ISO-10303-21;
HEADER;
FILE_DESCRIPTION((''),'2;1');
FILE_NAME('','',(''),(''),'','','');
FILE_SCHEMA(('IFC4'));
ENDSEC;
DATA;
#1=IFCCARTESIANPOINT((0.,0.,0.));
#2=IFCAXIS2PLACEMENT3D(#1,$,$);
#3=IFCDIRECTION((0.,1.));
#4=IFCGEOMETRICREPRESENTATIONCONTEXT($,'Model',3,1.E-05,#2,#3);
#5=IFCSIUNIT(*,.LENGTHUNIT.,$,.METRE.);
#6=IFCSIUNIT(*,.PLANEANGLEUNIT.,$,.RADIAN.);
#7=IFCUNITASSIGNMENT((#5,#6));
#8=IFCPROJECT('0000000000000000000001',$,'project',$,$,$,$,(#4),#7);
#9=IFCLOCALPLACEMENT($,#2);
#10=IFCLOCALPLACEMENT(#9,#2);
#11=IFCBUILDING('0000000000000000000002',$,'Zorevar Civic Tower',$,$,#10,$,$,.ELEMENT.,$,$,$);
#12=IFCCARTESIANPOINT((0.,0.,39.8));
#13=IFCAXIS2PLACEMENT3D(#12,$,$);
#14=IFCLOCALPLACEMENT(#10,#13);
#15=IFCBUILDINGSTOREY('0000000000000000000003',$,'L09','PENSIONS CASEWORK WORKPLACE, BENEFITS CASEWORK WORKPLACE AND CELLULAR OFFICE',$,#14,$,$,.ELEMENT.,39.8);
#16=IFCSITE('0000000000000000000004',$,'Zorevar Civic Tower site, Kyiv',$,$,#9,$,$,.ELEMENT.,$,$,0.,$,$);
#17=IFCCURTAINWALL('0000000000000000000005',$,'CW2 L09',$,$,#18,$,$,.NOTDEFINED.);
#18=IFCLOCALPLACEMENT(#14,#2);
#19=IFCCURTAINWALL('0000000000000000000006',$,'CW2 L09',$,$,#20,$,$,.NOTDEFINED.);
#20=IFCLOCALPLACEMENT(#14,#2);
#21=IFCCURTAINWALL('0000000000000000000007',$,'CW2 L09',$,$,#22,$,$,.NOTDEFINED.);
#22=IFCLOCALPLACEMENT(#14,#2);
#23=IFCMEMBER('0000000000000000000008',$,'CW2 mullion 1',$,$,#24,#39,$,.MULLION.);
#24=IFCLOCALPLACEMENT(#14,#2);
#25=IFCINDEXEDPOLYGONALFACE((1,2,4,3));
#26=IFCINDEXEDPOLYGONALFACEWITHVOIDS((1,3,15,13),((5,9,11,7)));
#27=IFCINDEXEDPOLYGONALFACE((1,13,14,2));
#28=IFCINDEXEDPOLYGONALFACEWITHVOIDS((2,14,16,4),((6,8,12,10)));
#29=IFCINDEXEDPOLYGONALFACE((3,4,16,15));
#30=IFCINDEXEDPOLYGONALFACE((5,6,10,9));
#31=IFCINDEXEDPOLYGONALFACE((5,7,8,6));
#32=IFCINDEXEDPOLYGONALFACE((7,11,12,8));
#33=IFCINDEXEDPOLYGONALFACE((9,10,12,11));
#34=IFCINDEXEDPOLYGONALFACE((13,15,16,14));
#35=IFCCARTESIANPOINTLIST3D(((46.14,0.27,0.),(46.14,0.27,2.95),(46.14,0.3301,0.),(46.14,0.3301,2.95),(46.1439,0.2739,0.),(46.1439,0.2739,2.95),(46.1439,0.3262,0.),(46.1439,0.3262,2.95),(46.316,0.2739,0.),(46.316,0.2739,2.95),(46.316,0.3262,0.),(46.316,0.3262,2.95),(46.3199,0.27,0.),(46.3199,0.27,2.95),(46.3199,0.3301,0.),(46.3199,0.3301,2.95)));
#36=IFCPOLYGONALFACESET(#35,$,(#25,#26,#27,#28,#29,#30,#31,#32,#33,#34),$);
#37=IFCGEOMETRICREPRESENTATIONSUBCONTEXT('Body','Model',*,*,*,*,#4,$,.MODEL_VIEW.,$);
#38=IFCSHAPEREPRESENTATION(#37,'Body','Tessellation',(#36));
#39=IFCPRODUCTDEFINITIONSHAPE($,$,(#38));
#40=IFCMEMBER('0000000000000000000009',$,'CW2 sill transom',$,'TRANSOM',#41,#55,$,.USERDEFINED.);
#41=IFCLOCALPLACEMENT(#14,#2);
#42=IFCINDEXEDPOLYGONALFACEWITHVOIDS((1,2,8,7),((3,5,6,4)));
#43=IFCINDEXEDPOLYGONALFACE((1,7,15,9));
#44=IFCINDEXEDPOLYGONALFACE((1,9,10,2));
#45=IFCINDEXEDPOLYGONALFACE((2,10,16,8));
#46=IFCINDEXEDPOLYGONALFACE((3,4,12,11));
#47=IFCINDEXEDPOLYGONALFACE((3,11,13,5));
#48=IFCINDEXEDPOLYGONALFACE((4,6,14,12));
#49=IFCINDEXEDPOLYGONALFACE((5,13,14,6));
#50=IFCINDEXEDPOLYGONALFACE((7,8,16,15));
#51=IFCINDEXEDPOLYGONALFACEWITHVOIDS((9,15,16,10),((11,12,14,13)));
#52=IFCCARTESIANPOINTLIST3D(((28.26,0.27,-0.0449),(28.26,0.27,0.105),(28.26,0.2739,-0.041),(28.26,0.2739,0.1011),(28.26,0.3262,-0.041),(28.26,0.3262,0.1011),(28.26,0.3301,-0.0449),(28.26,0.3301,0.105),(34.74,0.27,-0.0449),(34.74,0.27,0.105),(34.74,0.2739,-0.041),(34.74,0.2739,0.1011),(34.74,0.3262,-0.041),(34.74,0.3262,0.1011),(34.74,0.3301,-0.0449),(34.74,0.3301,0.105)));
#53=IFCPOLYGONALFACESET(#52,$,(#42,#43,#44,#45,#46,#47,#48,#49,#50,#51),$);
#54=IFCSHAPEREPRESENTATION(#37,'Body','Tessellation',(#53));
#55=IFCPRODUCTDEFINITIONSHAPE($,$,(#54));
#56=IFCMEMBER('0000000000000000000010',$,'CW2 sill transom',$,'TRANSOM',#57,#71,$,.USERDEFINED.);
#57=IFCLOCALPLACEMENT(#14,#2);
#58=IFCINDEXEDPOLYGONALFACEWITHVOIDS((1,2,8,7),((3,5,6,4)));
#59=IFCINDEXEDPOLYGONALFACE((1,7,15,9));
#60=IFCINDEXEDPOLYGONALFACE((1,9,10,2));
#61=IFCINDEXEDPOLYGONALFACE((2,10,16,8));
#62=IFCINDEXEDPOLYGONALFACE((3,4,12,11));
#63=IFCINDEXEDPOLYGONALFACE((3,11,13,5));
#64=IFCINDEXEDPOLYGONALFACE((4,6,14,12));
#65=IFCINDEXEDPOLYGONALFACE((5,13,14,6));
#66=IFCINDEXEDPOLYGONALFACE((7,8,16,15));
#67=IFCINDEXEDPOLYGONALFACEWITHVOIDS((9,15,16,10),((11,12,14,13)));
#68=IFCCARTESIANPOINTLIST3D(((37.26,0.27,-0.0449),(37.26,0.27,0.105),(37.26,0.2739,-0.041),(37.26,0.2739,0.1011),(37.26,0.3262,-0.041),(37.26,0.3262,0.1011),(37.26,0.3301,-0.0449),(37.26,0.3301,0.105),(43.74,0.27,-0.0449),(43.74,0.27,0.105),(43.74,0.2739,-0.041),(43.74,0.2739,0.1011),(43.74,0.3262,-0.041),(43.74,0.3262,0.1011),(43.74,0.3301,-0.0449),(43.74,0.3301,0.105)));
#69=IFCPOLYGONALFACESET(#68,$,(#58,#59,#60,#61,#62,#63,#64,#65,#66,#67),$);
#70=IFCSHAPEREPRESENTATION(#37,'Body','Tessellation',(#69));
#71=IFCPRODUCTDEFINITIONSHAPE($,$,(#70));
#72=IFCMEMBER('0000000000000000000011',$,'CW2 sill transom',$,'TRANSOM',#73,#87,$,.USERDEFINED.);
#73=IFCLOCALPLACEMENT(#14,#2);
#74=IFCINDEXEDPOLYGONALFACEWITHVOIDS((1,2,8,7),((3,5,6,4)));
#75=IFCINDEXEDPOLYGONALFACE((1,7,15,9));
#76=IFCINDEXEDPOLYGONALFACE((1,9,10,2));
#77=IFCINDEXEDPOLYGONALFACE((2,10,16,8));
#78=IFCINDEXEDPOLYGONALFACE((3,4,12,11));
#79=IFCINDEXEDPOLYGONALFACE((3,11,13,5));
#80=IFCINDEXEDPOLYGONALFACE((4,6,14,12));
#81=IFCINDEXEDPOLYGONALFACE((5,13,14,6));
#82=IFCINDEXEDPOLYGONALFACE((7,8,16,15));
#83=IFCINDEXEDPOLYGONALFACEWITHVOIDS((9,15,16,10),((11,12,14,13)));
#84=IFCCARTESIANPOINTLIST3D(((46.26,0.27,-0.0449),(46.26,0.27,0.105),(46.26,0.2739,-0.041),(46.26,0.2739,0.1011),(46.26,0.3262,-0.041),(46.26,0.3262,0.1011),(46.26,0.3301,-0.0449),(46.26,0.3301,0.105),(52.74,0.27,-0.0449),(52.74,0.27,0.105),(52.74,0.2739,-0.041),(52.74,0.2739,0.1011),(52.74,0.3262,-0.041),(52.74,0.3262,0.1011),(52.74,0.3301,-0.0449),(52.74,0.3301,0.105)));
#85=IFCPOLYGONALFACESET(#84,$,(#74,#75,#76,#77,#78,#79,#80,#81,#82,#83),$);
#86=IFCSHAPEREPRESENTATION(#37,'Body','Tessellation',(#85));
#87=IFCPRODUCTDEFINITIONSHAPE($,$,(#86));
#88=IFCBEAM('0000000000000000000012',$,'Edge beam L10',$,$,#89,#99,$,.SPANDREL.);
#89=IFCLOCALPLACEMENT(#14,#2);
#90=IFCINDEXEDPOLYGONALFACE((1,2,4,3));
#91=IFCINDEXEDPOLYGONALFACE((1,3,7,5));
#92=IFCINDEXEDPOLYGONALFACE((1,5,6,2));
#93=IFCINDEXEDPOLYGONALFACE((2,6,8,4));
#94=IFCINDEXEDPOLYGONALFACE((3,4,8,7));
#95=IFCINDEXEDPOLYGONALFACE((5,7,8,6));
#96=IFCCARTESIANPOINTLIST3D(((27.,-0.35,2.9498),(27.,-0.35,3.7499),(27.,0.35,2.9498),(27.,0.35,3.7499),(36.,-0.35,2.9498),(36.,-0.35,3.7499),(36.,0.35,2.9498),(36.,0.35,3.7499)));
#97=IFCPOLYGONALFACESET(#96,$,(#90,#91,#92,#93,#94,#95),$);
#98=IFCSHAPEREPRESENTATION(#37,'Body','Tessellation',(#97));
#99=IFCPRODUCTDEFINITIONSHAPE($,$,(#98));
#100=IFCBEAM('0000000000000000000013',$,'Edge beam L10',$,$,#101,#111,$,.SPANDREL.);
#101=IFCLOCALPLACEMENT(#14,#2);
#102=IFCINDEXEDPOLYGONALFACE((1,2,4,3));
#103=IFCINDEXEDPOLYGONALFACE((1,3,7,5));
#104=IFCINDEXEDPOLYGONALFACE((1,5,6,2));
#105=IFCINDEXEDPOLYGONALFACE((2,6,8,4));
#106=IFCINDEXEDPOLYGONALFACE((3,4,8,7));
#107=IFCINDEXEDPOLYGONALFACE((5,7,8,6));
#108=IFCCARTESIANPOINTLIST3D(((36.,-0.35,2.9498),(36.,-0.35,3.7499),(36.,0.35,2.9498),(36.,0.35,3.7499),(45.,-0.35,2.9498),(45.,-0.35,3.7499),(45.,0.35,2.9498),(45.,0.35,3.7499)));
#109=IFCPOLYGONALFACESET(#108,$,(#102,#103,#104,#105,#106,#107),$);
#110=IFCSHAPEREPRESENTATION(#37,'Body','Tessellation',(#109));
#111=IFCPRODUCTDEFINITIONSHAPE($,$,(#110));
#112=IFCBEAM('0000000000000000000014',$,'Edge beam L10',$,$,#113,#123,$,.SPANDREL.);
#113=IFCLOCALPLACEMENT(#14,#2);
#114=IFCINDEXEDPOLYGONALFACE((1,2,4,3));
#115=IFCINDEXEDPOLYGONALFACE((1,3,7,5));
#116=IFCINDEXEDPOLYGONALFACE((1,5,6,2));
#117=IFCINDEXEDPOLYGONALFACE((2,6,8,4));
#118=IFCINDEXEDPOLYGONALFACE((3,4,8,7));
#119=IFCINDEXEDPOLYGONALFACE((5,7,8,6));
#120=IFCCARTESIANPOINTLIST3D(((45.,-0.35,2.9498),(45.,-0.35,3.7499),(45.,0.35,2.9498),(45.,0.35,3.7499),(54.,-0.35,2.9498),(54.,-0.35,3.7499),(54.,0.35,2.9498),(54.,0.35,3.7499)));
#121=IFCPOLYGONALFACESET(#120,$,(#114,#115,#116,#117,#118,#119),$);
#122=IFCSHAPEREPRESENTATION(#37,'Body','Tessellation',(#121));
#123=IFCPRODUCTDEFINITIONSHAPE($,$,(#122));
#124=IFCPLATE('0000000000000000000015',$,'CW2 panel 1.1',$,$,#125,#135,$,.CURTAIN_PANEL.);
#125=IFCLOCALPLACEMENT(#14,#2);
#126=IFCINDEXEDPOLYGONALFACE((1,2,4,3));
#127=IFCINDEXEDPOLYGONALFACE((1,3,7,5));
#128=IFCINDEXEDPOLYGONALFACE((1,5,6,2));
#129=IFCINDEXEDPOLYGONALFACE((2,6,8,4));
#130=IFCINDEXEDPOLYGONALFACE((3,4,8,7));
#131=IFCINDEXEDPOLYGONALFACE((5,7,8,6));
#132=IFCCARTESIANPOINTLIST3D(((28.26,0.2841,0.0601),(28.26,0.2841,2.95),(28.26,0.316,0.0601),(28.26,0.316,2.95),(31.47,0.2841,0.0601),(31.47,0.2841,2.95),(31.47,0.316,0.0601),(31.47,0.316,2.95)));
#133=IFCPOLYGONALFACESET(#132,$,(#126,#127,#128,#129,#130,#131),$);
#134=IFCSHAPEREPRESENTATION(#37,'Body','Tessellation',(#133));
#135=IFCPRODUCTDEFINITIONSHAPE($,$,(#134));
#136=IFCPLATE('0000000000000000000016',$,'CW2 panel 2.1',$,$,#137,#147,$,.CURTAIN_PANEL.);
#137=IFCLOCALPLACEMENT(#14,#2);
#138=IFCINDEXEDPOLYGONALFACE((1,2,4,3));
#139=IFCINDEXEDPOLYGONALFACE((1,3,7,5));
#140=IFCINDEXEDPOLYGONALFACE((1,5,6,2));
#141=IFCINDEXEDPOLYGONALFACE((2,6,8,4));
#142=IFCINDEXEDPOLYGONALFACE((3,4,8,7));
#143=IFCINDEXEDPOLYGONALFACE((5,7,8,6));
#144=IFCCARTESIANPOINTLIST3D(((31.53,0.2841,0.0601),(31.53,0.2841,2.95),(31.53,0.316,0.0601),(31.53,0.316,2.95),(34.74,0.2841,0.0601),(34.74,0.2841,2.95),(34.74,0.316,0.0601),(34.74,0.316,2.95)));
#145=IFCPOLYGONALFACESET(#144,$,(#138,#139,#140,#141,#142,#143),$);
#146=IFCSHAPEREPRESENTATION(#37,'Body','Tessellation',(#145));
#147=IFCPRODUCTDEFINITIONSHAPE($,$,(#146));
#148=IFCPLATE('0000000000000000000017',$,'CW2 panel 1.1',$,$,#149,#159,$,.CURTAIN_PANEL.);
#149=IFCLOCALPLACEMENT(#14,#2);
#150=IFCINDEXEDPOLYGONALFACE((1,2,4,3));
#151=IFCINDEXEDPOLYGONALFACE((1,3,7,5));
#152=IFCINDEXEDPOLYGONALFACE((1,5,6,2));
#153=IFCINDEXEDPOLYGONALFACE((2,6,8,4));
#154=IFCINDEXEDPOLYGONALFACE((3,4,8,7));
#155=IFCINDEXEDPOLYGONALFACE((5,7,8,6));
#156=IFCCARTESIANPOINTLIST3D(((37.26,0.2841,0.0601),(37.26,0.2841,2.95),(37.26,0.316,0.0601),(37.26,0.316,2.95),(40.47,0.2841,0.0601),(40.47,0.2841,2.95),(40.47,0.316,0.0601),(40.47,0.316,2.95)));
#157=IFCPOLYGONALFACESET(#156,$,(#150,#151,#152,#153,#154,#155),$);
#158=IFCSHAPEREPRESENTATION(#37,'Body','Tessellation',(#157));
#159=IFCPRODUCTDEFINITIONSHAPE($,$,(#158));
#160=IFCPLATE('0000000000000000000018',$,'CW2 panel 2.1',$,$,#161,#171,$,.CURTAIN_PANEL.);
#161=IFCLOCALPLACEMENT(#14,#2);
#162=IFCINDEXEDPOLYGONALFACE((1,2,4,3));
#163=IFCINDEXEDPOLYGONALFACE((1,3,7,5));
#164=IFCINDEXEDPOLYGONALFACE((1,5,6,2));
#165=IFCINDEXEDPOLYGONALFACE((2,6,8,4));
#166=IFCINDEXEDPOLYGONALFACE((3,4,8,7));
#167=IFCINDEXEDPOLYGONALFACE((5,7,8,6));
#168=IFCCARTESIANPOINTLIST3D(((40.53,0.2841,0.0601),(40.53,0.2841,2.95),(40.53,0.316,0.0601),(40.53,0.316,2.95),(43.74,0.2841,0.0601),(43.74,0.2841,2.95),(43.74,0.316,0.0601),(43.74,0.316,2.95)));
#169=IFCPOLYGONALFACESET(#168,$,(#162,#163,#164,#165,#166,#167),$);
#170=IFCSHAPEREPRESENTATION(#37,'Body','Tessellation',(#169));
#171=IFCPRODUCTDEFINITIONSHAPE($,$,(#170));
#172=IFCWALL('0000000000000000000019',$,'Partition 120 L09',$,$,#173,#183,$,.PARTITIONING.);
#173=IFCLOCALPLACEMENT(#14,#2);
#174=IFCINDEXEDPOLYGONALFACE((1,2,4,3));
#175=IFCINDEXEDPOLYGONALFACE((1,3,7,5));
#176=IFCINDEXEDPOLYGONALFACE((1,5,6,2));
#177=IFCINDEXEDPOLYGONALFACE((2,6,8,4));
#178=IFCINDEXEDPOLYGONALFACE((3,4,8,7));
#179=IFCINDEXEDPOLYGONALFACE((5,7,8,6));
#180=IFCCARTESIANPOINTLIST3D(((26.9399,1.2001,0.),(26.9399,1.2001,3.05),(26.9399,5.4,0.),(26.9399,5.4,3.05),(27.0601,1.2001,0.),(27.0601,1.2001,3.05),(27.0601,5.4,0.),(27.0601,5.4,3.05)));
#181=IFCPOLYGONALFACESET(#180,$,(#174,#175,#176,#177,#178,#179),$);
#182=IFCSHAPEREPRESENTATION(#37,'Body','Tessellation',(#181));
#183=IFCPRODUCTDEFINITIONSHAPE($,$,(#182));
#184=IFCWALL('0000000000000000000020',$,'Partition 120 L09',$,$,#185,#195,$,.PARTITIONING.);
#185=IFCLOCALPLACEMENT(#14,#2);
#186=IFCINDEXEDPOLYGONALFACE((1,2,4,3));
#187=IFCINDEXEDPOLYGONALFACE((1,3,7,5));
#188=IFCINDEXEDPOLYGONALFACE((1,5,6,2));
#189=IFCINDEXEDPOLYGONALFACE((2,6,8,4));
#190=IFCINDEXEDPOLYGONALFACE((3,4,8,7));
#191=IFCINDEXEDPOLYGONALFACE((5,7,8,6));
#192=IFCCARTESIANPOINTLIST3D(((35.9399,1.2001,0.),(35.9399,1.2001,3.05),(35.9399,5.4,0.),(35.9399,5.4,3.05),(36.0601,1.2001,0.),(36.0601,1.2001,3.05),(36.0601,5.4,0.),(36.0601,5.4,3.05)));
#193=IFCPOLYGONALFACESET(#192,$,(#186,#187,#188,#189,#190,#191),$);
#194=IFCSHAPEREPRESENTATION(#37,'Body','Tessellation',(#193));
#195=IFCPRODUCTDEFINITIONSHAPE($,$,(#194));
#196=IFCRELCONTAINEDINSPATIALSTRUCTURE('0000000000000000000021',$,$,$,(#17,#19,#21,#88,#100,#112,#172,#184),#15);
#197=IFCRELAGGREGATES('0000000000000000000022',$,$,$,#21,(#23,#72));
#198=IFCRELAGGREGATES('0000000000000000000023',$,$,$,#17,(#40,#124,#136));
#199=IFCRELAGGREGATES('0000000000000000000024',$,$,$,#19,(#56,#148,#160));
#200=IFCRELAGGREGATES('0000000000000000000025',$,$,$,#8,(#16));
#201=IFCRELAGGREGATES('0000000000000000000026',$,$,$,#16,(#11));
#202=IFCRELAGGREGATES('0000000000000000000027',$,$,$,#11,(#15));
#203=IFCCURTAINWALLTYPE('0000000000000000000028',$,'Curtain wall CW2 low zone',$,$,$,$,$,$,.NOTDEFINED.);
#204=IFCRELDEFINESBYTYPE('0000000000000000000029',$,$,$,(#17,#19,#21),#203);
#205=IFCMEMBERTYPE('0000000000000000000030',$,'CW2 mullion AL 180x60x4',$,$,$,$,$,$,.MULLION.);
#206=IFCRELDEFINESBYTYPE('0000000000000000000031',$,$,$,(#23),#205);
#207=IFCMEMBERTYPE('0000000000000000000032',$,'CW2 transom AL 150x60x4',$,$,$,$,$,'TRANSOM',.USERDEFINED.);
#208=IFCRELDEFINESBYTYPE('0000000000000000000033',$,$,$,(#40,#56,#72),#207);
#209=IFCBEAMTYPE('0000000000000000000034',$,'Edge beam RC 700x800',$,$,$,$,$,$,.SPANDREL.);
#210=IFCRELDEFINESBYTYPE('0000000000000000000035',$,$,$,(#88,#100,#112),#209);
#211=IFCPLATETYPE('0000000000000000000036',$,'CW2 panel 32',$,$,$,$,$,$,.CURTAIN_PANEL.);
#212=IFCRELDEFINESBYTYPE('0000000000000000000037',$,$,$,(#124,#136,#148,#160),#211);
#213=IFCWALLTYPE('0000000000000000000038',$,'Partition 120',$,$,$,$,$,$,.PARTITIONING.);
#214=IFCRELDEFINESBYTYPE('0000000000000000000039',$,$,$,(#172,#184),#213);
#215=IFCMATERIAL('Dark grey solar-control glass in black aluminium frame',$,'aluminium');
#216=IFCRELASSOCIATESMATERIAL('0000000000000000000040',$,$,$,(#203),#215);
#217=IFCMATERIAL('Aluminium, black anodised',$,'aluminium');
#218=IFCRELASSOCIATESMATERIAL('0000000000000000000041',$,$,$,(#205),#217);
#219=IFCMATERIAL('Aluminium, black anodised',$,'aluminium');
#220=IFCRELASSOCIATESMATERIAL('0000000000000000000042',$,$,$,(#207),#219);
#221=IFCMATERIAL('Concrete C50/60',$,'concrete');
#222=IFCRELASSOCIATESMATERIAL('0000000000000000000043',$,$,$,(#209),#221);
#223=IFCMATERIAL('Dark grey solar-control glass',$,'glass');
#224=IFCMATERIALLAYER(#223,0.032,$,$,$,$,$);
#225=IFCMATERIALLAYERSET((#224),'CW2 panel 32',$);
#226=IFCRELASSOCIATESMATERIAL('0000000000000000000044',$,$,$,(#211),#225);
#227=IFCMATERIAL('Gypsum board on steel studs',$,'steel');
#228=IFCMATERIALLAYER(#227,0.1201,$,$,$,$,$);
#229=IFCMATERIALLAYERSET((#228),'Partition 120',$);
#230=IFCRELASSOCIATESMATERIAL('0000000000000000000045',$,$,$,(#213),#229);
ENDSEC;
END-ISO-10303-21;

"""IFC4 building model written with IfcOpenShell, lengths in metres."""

from ifc_helpers import new_model, si_unit, direction, frame, frame_2d, origin, origin_2d, place, context, subcontext, project, spatial, rectangle, hollow_rectangle, extrude, material, layer, layer_set, material_profile, profile_set, type_object, element, aggregate, save


model = new_model("IFC4")

# Units and contexts
model_context = context("Model", 3, precision=1e-05, world=origin(), true_north=direction((0.0, 1.0)))
body_context = subcontext(model_context, "Body", "Model", "MODEL_VIEW")
ifc_project = project(units=[si_unit("LENGTHUNIT", "METRE"), si_unit("PLANEANGLEUNIT", "RADIAN")], contexts=[model_context])

# Site, building, storey
site_placement = place(None, origin())
site = spatial("IfcSite", under=ifc_project, at=site_placement, Name="Zorevar Civic Tower site, Kyiv", CompositionType="ELEMENT", RefElevation=0.0)
building_placement = place(site_placement, origin())
building = spatial("IfcBuilding", under=site, at=building_placement, Name="Zorevar Civic Tower", CompositionType="ELEMENT")
storey_placement = place(building_placement, frame((0.0, 0.0, 39.8)))
storey = spatial("IfcBuildingStorey", under=building, at=storey_placement, Name="L09", Description="PENSIONS CASEWORK WORKPLACE, BENEFITS CASEWORK WORKPLACE AND CELLULAR OFFICE", CompositionType="ELEMENT", Elevation=39.8)

# Curtain walls
ifc_material_1 = material(Name="Dark grey solar-control glass in black aluminium frame", Category="aluminium")
curtain_wall_type = type_object("IfcCurtainWallType", Name="Curtain wall CW2 low zone", PredefinedType="NOTDEFINED", material=ifc_material_1)
curtain_wall_1_placement = place(storey_placement, origin())
curtain_wall_1 = element("IfcCurtainWall", 1, at=curtain_wall_1_placement, inside=storey, type_object=curtain_wall_type, Name="CW2 L09", PredefinedType="NOTDEFINED")
ifc_material_2 = material(Name="Aluminium, black anodised", Category="aluminium")
ifc_material_profile_1 = material_profile(ifc_material_2, hollow_rectangle(XDim=0.0601, YDim=0.1799, WallThickness=0.0039, at=origin_2d()), Name="AL 180x60x4")
ifc_profile_set_1 = profile_set([ifc_material_profile_1], Name="Aluminium, black anodised")
member_type_1 = type_object("IfcMemberType", Name="CW2 mullion AL 180x60x4", PredefinedType="MULLION", material=ifc_profile_set_1)
curtain_wall_2_placement = place(storey_placement, origin())
curtain_wall_2 = element("IfcCurtainWall", 2, at=curtain_wall_2_placement, inside=storey, type_object=curtain_wall_type, Name="CW2 L09", PredefinedType="NOTDEFINED")

# Curtain wall, member
curtain_wall_3_placement = place(storey_placement, origin())
curtain_wall_3 = element("IfcCurtainWall", 3, at=curtain_wall_3_placement, inside=storey, type_object=curtain_wall_type, Name="CW2 L09", PredefinedType="NOTDEFINED")
member_1_placement = place(storey_placement, frame((46.23, 0.3, 0.0), z_axis=(0.0, 0.0, 1.0), x_axis=(0.0, 1.0, 0.0)))
member_1 = element("IfcMember", 4, at=member_1_placement, type_object=member_type_1, Name="CW2 mullion 1", PredefinedType="MULLION", context=body_context, shape_type="SweptSolid", body=[
    extrude(hollow_rectangle(XDim=0.0601, YDim=0.1799, WallThickness=0.0039, at=origin_2d()), origin(), (0.0, 0.0, 1.0), 2.95),
])

# Members
ifc_material_3 = material(Name="Aluminium, black anodised", Category="aluminium")
ifc_material_profile_2 = material_profile(ifc_material_3, hollow_rectangle(XDim=0.0601, YDim=0.1499, WallThickness=0.0039, at=origin_2d()), Name="AL 150x60x4")
ifc_profile_set_2 = profile_set([ifc_material_profile_2], Name="Aluminium, black anodised")
member_type_2 = type_object("IfcMemberType", Name="CW2 transom AL 150x60x4", ElementType="TRANSOM", PredefinedType="USERDEFINED", material=ifc_profile_set_2)
member_2_placement = place(storey_placement, frame((28.26, 0.3, 0.03), z_axis=(1.0, 0.0, 0.0), x_axis=(0.0, 1.0, 0.0)))
member_2 = element("IfcMember", 5, at=member_2_placement, type_object=member_type_2, Name="CW2 sill transom", ObjectType="TRANSOM", PredefinedType="USERDEFINED", context=body_context, shape_type="SweptSolid", body=[
    extrude(hollow_rectangle(XDim=0.0601, YDim=0.1499, WallThickness=0.0039, at=origin_2d()), origin(), (0.0, 0.0, 1.0), 6.48),
])
member_3_placement = place(storey_placement, frame((37.26, 0.3, 0.03), z_axis=(1.0, 0.0, 0.0), x_axis=(0.0, 1.0, 0.0)))
member_3 = element("IfcMember", 6, at=member_3_placement, type_object=member_type_2, Name="CW2 sill transom", ObjectType="TRANSOM", PredefinedType="USERDEFINED", context=body_context, shape_type="SweptSolid", body=[
    extrude(hollow_rectangle(XDim=0.0601, YDim=0.1499, WallThickness=0.0039, at=origin_2d()), origin(), (0.0, 0.0, 1.0), 6.48),
])
member_4_placement = place(storey_placement, frame((46.26, 0.3, 0.03), z_axis=(1.0, 0.0, 0.0), x_axis=(0.0, 1.0, 0.0)))
member_4 = element("IfcMember", 7, at=member_4_placement, type_object=member_type_2, Name="CW2 sill transom", ObjectType="TRANSOM", PredefinedType="USERDEFINED", context=body_context, shape_type="SweptSolid", body=[
    extrude(hollow_rectangle(XDim=0.0601, YDim=0.1499, WallThickness=0.0039, at=origin_2d()), origin(), (0.0, 0.0, 1.0), 6.48),
])
aggregate(curtain_wall_3, [member_1, member_4])

# Beams
ifc_material_4 = material(Name="Concrete C50/60", Category="concrete")
ifc_material_profile_3 = material_profile(ifc_material_4, rectangle(XDim=0.7, YDim=0.8, at=origin_2d()), Name="RC 700x800")
ifc_profile_set_3 = profile_set([ifc_material_profile_3], Name="Concrete C50/60")
beam_type_1 = type_object("IfcBeamType", Name="Edge beam RC 700x800", PredefinedType="SPANDREL", material=ifc_profile_set_3)
for number, where, z_axis, x_axis, name in (
    (8, (27.0, 0.0, 3.3499), (1.0, 0.0, 0.0), (0.0, 1.0, 0.0), "Edge beam L10"),
    (9, (36.0, 0.0, 3.3499), (1.0, 0.0, 0.0), (0.0, 1.0, 0.0), "Edge beam L10"),
    (10, (45.0, 0.0, 3.3499), (1.0, 0.0, 0.0), (0.0, 1.0, 0.0), "Edge beam L10"),
):
    element("IfcBeam", number, at=place(storey_placement, frame(where, z_axis=z_axis, x_axis=x_axis)), inside=storey, type_object=beam_type_1, Name=name, PredefinedType="SPANDREL", context=body_context, shape_type="SweptSolid", body=[
        extrude(rectangle(XDim=0.7, YDim=0.8, at=origin_2d()), origin(), (0.0, 0.0, 1.0), 9.0),
    ])

# Plates
ifc_material_5 = material(Name="Dark grey solar-control glass", Category="glass")
ifc_layer_1 = layer(ifc_material_5, 0.032)
ifc_layer_set_1 = layer_set([ifc_layer_1], Name="CW2 panel 32")
plate_type = type_object("IfcPlateType", Name="CW2 panel 32", PredefinedType="CURTAIN_PANEL", material=ifc_layer_set_1)
plate_1_placement = place(storey_placement, frame((29.865, 0.3, 0.0601), z_axis=(0.0, 0.0, 1.0), x_axis=(1.0, 0.0, 0.0)))
plate_1 = element("IfcPlate", 11, at=plate_1_placement, type_object=plate_type, Name="CW2 panel 1.1", PredefinedType="CURTAIN_PANEL", context=body_context, shape_type="SweptSolid", body=[
    extrude(rectangle(XDim=3.21, YDim=0.032, at=origin_2d()), origin(), (0.0, 0.0, 1.0), 2.8899),
])
plate_2_placement = place(storey_placement, frame((33.135, 0.3, 0.0601), z_axis=(0.0, 0.0, 1.0), x_axis=(1.0, 0.0, 0.0)))
plate_2 = element("IfcPlate", 12, at=plate_2_placement, type_object=plate_type, Name="CW2 panel 2.1", PredefinedType="CURTAIN_PANEL", context=body_context, shape_type="SweptSolid", body=[
    extrude(rectangle(XDim=3.21, YDim=0.032, at=origin_2d()), origin(), (0.0, 0.0, 1.0), 2.8899),
])
aggregate(curtain_wall_1, [member_2, plate_1, plate_2])
plate_3_placement = place(storey_placement, frame((38.865, 0.3, 0.0601), z_axis=(0.0, 0.0, 1.0), x_axis=(1.0, 0.0, 0.0)))
plate_3 = element("IfcPlate", 13, at=plate_3_placement, type_object=plate_type, Name="CW2 panel 1.1", PredefinedType="CURTAIN_PANEL", context=body_context, shape_type="SweptSolid", body=[
    extrude(rectangle(XDim=3.21, YDim=0.032, at=origin_2d()), origin(), (0.0, 0.0, 1.0), 2.8899),
])
plate_4_placement = place(storey_placement, frame((42.135, 0.3, 0.0601), z_axis=(0.0, 0.0, 1.0), x_axis=(1.0, 0.0, 0.0)))
plate_4 = element("IfcPlate", 14, at=plate_4_placement, type_object=plate_type, Name="CW2 panel 2.1", PredefinedType="CURTAIN_PANEL", context=body_context, shape_type="SweptSolid", body=[
    extrude(rectangle(XDim=3.21, YDim=0.032, at=origin_2d()), origin(), (0.0, 0.0, 1.0), 2.8899),
])
aggregate(curtain_wall_2, [member_3, plate_3, plate_4])

# Walls
ifc_material_6 = material(Name="Gypsum board on steel studs", Category="steel")
ifc_layer_2 = layer(ifc_material_6, 0.1201)
ifc_layer_set_2 = layer_set([ifc_layer_2], Name="Partition 120")
wall_type = type_object("IfcWallType", Name="Partition 120", PredefinedType="PARTITIONING", material=ifc_layer_set_2)
for number, where, z_axis, x_axis, name in (
    (15, (27.0, 1.2, 0.0), (0.0, 0.0, 1.0), (0.0, 1.0, 0.0), "Partition 120 L09"),
    (16, (36.0, 1.2, 0.0), (0.0, 0.0, 1.0), (0.0, 1.0, 0.0), "Partition 120 L09"),
):
    element("IfcWall", number, at=place(storey_placement, frame(where, z_axis=z_axis, x_axis=x_axis)), inside=storey, type_object=wall_type, Name=name, PredefinedType="PARTITIONING", context=body_context, shape_type="SweptSolid", body=[
        extrude(rectangle(XDim=4.2, YDim=0.1201, at=frame_2d((2.1001, 0.0))), origin(), (0.0, 0.0, 1.0), 3.05),
    ])

save(model, "model.ifc")
